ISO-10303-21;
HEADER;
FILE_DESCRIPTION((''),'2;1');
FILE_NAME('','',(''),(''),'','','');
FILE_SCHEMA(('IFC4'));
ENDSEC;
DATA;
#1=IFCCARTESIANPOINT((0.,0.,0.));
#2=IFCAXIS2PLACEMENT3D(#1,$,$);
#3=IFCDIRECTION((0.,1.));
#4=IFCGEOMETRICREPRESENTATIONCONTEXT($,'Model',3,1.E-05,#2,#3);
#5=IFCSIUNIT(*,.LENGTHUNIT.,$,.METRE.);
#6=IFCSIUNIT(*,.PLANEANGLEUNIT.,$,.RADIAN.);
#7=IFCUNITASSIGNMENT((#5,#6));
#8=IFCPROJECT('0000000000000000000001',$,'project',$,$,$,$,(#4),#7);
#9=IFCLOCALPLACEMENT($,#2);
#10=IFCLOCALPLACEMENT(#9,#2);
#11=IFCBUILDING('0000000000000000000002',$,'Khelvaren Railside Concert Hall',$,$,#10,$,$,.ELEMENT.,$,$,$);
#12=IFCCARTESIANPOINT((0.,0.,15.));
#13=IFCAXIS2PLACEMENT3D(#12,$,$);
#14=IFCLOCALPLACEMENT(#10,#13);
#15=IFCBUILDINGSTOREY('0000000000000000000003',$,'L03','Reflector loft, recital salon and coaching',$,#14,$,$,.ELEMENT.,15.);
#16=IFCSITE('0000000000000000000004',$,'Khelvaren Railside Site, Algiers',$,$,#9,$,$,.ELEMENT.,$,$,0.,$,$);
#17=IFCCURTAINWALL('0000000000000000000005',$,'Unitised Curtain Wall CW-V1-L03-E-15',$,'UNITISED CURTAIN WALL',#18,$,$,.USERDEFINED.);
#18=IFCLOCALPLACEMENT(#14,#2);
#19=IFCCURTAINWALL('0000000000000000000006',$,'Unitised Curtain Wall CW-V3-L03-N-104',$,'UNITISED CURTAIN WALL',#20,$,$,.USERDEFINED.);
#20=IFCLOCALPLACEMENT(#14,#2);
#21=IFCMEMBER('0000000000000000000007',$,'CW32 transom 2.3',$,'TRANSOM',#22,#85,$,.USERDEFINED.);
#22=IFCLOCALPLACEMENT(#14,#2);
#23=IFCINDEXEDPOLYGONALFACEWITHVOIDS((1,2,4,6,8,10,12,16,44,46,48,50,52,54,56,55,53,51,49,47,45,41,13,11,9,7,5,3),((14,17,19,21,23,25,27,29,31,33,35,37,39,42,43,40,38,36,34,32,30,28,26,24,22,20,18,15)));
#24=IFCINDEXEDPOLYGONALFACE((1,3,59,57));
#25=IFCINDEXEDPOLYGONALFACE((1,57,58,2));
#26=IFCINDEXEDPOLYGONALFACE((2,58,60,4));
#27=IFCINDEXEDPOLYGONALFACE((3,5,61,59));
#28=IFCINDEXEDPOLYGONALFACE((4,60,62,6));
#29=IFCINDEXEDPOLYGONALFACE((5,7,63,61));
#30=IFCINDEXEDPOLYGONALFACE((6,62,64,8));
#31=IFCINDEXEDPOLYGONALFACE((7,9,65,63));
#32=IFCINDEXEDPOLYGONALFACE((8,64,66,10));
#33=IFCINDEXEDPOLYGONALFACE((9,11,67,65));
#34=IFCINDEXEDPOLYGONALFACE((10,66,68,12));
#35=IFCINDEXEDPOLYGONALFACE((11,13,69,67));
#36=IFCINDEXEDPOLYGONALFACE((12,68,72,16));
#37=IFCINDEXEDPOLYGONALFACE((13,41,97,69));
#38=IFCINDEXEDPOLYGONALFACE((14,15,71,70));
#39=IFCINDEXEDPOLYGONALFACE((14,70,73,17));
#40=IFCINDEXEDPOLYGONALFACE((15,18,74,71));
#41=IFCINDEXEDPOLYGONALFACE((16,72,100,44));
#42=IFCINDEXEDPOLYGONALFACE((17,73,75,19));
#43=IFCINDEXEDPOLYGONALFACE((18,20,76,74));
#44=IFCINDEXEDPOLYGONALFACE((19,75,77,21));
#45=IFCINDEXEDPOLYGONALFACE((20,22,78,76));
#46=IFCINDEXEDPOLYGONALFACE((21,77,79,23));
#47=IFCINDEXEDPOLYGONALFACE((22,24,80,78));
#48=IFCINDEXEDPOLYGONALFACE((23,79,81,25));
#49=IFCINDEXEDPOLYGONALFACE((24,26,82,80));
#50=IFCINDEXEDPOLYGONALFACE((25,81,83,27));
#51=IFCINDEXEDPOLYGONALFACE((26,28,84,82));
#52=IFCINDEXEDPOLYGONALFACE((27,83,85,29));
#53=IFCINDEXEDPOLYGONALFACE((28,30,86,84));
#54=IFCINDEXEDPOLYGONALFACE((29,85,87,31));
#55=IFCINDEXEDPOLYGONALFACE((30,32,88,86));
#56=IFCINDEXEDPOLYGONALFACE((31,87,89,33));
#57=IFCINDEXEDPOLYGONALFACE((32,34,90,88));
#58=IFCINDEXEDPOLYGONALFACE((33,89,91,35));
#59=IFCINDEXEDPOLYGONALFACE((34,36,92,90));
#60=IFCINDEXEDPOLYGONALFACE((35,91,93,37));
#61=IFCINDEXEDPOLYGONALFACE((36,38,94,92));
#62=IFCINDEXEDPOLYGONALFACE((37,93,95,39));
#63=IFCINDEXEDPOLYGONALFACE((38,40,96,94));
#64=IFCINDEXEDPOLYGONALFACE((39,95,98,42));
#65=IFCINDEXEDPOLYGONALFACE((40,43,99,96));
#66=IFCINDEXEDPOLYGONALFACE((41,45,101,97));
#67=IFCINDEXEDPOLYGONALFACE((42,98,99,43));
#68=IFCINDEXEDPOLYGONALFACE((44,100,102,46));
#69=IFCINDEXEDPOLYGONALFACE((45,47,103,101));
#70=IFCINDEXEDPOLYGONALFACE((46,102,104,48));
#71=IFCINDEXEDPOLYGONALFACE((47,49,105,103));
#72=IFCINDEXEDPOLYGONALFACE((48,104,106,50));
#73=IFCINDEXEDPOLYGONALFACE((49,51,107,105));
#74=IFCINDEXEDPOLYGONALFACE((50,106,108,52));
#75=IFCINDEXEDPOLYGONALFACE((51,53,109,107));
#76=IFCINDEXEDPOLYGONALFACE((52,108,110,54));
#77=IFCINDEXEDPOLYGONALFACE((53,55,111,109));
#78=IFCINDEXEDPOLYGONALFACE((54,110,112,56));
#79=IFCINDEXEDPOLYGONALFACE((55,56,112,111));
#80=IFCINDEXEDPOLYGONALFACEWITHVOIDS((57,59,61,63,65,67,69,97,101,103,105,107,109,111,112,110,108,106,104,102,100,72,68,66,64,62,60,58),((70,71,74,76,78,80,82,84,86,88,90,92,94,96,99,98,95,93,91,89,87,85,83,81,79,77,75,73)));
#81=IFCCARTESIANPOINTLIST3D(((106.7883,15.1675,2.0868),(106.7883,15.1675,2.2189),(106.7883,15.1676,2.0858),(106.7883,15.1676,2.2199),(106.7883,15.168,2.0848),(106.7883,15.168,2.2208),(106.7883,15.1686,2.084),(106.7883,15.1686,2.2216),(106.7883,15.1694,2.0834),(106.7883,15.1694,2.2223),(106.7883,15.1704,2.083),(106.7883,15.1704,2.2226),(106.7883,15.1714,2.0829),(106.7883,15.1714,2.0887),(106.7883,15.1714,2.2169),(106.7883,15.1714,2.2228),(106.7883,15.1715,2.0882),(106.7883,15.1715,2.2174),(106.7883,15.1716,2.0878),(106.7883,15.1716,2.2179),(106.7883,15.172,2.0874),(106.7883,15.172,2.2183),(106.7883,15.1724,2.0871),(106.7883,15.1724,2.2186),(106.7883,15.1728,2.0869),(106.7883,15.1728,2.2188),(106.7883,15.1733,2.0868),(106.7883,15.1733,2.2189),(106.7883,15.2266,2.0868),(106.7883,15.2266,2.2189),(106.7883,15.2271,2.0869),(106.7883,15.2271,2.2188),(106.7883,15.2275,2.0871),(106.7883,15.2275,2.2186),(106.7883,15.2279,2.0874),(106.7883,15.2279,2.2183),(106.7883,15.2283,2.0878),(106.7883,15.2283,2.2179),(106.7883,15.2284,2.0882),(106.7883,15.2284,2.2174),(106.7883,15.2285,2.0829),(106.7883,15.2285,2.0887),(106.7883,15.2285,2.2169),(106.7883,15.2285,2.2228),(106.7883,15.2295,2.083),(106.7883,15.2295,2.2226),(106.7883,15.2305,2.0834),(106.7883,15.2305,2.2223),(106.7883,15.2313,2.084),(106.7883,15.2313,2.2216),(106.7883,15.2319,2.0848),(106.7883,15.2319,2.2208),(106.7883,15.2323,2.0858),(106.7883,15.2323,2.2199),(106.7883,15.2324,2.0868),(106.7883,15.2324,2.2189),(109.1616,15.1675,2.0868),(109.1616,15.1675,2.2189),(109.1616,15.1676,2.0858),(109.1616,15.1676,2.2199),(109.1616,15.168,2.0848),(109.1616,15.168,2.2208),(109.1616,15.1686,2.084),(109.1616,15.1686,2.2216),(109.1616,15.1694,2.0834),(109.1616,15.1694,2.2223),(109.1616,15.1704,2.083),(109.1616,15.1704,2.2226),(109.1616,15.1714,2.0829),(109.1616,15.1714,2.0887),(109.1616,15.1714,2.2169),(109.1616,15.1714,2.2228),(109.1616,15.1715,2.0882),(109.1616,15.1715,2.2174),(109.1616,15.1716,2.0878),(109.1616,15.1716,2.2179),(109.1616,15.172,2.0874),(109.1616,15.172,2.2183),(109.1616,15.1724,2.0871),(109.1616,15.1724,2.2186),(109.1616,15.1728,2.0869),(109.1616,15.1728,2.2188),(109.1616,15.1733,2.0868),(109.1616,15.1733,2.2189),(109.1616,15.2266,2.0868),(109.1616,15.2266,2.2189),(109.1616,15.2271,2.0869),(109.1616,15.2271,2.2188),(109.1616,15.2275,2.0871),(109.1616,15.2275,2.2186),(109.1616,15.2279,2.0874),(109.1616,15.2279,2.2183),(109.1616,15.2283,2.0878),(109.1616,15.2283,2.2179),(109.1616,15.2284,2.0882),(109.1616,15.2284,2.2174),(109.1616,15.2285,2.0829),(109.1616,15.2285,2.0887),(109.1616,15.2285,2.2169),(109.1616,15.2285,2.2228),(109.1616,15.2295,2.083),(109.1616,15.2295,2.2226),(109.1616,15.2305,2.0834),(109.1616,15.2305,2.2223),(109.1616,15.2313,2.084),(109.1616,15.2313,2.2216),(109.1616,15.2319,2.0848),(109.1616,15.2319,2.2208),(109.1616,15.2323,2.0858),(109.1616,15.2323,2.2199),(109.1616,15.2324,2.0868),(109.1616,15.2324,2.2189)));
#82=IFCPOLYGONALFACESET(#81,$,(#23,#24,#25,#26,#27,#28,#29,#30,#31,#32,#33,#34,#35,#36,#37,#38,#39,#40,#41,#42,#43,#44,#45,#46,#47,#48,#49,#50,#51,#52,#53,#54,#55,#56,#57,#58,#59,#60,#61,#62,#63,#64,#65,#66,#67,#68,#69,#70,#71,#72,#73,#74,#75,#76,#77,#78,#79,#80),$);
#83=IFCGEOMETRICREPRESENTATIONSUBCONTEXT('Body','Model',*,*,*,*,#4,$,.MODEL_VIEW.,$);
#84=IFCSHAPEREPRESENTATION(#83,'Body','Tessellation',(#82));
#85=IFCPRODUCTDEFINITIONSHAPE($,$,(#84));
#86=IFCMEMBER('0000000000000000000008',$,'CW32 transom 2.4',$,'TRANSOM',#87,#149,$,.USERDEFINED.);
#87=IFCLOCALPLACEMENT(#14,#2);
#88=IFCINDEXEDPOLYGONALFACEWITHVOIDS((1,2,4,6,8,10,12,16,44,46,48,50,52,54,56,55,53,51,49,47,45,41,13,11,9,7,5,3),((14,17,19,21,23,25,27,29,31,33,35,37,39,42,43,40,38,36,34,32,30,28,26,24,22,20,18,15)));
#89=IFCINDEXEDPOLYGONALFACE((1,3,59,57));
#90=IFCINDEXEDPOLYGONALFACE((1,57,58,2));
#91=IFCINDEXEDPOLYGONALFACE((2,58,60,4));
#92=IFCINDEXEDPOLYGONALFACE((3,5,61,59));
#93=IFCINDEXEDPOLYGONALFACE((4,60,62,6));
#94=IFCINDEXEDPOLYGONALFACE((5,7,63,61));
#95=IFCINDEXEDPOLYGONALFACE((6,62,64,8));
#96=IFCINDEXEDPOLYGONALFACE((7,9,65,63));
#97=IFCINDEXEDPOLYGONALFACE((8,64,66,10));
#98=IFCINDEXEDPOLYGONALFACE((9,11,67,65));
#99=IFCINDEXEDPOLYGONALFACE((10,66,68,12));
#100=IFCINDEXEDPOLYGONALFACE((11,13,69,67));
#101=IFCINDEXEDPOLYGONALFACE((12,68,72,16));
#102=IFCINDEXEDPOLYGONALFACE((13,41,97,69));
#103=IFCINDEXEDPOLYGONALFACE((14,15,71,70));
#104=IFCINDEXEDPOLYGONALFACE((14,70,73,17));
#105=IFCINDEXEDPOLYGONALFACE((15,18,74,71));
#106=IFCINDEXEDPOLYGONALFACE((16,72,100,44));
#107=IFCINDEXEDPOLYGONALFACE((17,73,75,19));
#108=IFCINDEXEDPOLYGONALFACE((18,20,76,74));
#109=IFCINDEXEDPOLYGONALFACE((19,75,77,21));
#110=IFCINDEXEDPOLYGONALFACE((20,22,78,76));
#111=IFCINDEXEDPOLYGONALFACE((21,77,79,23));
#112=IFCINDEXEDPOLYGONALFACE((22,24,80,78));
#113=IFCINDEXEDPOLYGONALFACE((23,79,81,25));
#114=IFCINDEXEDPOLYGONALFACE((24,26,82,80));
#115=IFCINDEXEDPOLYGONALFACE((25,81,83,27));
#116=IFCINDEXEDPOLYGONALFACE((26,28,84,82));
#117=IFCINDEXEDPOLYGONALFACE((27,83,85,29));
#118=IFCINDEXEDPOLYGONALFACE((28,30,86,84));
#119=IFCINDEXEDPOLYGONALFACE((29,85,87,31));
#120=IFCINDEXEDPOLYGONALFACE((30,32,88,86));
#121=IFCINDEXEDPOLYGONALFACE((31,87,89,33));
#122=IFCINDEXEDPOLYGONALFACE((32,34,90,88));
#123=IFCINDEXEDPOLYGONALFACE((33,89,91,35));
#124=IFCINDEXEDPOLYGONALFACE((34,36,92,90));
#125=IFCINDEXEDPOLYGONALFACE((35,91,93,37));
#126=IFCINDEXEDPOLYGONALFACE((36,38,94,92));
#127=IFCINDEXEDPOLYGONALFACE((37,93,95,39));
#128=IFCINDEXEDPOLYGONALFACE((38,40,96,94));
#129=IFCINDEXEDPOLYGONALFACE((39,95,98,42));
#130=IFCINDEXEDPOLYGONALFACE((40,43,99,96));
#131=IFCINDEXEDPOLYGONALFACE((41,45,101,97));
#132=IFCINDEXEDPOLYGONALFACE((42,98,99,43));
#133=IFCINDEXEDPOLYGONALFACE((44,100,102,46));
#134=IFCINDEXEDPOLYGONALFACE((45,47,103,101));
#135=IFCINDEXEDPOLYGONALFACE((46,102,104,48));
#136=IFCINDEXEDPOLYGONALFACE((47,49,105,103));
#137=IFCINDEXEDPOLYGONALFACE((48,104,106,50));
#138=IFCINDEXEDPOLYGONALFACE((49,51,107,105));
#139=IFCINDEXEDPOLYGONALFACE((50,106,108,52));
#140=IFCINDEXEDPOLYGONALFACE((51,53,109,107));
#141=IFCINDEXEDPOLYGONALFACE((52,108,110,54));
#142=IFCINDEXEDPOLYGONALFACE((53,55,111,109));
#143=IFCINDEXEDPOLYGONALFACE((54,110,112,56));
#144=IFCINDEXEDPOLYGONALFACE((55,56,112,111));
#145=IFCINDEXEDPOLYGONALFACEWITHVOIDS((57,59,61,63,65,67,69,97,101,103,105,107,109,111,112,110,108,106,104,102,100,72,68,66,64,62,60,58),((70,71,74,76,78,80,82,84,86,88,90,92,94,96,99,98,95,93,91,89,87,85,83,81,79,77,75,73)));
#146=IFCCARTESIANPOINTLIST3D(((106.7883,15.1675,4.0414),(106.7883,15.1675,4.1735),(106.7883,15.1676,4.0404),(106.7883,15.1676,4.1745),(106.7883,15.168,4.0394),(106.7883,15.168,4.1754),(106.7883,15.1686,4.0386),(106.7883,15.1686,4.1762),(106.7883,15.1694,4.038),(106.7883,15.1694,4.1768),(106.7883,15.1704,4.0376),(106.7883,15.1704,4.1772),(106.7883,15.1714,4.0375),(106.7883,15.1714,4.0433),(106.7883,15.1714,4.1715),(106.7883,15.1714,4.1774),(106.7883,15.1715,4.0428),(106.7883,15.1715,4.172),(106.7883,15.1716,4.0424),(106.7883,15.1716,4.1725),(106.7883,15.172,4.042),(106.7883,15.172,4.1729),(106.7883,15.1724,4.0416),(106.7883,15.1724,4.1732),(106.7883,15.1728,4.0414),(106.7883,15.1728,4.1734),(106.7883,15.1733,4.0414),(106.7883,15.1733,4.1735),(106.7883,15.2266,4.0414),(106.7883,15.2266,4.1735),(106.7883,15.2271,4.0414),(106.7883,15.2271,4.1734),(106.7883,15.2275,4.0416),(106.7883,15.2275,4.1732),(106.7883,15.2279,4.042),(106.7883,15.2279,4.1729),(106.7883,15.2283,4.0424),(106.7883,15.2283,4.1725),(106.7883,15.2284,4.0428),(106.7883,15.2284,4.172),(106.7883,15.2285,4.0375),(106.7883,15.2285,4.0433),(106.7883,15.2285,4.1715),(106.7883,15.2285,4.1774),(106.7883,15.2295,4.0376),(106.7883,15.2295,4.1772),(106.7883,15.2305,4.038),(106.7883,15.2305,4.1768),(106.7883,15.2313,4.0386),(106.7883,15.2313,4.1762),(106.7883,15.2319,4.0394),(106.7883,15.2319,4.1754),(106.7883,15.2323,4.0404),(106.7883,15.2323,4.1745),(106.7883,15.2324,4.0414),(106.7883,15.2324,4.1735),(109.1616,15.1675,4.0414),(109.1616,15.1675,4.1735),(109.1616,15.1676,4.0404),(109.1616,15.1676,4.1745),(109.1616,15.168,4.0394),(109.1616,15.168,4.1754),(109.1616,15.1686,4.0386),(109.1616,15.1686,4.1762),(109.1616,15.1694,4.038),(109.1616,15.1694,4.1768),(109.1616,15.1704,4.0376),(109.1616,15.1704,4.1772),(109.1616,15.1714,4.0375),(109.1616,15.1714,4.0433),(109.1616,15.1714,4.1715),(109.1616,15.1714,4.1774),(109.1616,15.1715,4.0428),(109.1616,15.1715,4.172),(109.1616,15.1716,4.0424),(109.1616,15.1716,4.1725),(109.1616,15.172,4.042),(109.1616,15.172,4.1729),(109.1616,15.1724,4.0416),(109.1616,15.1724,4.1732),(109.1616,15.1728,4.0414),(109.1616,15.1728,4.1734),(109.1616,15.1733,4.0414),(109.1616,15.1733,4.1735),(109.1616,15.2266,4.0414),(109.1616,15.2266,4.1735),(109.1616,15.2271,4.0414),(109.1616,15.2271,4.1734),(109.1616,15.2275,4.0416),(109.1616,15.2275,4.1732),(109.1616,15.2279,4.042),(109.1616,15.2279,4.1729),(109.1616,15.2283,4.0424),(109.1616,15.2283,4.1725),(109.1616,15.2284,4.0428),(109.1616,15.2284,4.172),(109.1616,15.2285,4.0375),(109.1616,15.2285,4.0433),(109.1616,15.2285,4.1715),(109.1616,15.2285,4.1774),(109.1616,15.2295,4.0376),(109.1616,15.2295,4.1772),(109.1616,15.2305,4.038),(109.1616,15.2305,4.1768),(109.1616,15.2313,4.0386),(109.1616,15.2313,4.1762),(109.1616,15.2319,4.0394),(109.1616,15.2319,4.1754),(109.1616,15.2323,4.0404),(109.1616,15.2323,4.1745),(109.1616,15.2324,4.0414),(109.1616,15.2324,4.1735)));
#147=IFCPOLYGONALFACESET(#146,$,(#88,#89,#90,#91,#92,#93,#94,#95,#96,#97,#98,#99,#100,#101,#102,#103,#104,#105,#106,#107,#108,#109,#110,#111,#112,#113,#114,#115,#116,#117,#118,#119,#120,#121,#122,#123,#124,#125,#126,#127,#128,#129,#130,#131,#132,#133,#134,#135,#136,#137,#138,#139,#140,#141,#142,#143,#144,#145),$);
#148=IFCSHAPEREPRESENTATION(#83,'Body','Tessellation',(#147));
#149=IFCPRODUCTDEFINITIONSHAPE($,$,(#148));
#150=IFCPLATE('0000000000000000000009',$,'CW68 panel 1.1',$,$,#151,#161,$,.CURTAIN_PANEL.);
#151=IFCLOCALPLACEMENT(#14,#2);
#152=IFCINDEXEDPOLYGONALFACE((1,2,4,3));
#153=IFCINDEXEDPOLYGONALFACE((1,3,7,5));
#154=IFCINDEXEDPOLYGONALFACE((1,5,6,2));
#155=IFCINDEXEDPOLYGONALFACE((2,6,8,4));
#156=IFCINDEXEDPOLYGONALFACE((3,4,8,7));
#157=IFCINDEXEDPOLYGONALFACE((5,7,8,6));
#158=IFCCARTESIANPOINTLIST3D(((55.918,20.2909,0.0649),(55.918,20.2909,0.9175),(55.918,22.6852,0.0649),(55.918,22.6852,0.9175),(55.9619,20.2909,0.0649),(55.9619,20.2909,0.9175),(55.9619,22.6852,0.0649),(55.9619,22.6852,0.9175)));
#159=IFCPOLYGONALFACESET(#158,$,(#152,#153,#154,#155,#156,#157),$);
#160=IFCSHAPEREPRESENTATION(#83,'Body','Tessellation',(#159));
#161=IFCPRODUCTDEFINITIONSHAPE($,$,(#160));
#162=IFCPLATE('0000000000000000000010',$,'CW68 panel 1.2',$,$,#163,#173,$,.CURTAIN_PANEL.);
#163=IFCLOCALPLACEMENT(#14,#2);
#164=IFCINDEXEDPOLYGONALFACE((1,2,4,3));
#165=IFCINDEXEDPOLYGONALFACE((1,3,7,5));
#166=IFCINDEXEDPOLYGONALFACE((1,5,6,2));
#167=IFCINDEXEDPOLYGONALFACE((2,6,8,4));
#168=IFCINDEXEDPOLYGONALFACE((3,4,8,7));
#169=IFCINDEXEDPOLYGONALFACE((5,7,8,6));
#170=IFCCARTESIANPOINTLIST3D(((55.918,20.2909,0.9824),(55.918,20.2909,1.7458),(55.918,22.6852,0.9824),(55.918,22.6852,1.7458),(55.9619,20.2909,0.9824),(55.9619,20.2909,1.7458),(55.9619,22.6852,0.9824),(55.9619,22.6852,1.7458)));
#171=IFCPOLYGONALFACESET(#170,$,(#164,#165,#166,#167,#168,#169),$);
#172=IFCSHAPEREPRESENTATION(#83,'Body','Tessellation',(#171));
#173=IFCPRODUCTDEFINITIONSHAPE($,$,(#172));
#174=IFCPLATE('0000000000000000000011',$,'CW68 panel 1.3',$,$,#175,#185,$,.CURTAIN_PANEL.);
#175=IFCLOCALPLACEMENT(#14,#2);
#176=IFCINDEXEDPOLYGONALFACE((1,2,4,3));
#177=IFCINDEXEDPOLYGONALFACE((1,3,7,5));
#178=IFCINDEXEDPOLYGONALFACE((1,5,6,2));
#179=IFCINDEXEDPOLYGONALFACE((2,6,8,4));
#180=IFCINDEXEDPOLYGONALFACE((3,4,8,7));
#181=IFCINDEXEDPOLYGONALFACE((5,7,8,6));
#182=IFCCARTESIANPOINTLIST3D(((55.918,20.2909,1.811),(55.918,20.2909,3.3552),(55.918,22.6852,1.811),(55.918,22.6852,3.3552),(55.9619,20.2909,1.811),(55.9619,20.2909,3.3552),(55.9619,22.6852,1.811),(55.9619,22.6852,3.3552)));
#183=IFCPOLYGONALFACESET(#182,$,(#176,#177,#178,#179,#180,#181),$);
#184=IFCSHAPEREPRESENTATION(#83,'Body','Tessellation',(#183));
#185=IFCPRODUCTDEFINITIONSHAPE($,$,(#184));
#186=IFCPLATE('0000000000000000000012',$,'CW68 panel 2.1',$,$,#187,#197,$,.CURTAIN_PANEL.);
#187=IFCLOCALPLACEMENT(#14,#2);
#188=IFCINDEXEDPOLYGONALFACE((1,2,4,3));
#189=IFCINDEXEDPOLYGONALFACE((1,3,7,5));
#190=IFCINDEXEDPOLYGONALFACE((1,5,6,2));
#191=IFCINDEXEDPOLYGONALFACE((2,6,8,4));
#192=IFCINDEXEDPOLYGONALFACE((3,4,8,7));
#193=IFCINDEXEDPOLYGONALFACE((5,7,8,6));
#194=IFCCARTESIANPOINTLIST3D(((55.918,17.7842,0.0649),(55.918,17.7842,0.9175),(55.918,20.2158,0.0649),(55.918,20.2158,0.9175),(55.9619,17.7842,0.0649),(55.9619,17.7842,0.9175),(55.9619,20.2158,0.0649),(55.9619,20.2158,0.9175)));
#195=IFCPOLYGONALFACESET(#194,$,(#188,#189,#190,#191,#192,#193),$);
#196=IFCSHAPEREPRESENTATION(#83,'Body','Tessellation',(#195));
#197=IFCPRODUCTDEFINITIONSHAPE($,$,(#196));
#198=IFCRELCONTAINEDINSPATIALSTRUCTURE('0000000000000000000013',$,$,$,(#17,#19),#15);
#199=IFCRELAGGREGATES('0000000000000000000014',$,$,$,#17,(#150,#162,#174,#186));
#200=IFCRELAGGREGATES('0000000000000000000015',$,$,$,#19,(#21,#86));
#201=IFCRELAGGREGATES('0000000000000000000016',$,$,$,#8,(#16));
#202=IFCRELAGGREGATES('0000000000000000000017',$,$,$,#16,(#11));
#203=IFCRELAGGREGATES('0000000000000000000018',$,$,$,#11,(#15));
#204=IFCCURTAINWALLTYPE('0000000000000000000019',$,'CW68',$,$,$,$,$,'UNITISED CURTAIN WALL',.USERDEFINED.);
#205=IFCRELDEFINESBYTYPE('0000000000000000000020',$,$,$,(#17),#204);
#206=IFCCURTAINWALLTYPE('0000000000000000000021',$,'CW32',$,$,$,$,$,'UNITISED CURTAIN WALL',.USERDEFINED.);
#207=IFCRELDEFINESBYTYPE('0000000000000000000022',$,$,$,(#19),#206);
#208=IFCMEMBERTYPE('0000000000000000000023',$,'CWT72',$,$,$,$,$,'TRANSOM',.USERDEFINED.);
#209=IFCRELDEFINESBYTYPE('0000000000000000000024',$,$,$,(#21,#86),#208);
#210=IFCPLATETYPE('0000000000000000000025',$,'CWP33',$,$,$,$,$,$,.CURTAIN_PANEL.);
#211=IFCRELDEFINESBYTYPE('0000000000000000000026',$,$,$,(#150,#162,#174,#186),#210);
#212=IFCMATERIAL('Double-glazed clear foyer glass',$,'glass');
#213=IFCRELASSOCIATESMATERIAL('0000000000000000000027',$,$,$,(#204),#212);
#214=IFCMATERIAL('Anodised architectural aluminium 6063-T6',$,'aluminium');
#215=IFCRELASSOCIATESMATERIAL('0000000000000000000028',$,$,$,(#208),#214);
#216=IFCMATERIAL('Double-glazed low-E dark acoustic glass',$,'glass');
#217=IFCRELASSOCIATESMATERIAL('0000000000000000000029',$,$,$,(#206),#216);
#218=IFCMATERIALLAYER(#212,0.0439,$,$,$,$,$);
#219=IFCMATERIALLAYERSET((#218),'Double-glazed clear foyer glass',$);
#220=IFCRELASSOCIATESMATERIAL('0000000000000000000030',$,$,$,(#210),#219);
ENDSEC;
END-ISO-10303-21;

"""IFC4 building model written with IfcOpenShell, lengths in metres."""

from ifc_helpers import new_model, si_unit, direction, frame, origin, origin_2d, place, context, subcontext, project, spatial, rectangle, hollow_rectangle, extrude, material, layer, layer_set, material_profile, profile_set, type_object, element, aggregate, save


model = new_model("IFC4")

# Units and contexts
model_context = context("Model", 3, precision=1e-05, world=origin(), true_north=direction((0.0, 1.0)))
body_context = subcontext(model_context, "Body", "Model", "MODEL_VIEW")
ifc_project = project(units=[si_unit("LENGTHUNIT", "METRE"), si_unit("PLANEANGLEUNIT", "RADIAN")], contexts=[model_context])

# Site, building, storey
site_placement = place(None, origin())
site = spatial("IfcSite", under=ifc_project, at=site_placement, Name="Khelvaren Railside Site, Algiers", CompositionType="ELEMENT", RefElevation=0.0)
building_placement = place(site_placement, origin())
building = spatial("IfcBuilding", under=site, at=building_placement, Name="Khelvaren Railside Concert Hall", CompositionType="ELEMENT")
storey_placement = place(building_placement, frame((0.0, 0.0, 15.0)))
storey = spatial("IfcBuildingStorey", under=building, at=storey_placement, Name="L03", Description="Reflector loft, recital salon and coaching", CompositionType="ELEMENT", Elevation=15.0)

# Curtain wall
ifc_material_1 = material(Name="Double-glazed clear foyer glass", Category="glass")
curtain_wall_type_1 = type_object("IfcCurtainWallType", Name="CW68", ElementType="UNITISED CURTAIN WALL", PredefinedType="USERDEFINED", material=ifc_material_1)
curtain_wall_1_placement = place(storey_placement, origin())
curtain_wall_1 = element("IfcCurtainWall", 1, at=curtain_wall_1_placement, inside=storey, type_object=curtain_wall_type_1, Name="Unitised Curtain Wall CW-V1-L03-E-15", ObjectType="UNITISED CURTAIN WALL", PredefinedType="USERDEFINED")
ifc_material_2 = material(Name="Anodised architectural aluminium 6063-T6", Category="aluminium")

# Shared definitions
ifc_material_profile_1 = material_profile(ifc_material_2, hollow_rectangle(XDim=0.0649, YDim=0.1399, WallThickness=0.0039, InnerFilletRadius=0.002, OuterFilletRadius=0.0039, at=origin_2d()), Name="CWT 65x140x4")
ifc_profile_set_1 = profile_set([ifc_material_profile_1], Name="Anodised architectural aluminium 6063-T6")
member_type_1 = type_object("IfcMemberType", Name="CWT72", ElementType="TRANSOM", PredefinedType="USERDEFINED", material=ifc_profile_set_1)

# Curtain wall, members
ifc_material_3 = material(Name="Double-glazed low-E dark acoustic glass", Category="glass")
curtain_wall_type_2 = type_object("IfcCurtainWallType", Name="CW32", ElementType="UNITISED CURTAIN WALL", PredefinedType="USERDEFINED", material=ifc_material_3)
curtain_wall_2_placement = place(storey_placement, origin())
curtain_wall_2 = element("IfcCurtainWall", 2, at=curtain_wall_2_placement, inside=storey, type_object=curtain_wall_type_2, Name="Unitised Curtain Wall CW-V3-L03-N-104", ObjectType="UNITISED CURTAIN WALL", PredefinedType="USERDEFINED")
member_1_placement = place(storey_placement, frame((106.7883, 15.2, 2.1528), z_axis=(1.0, 0.0, 0.0), x_axis=(0.0, 1.0, 0.0)))
member_1 = element("IfcMember", 3, at=member_1_placement, type_object=member_type_1, Name="CW32 transom 2.3", ObjectType="TRANSOM", PredefinedType="USERDEFINED", context=body_context, shape_type="SweptSolid", body=[
    extrude(hollow_rectangle(XDim=0.0649, YDim=0.1399, WallThickness=0.0039, InnerFilletRadius=0.002, OuterFilletRadius=0.0039, at=origin_2d()), origin(), (0.0, 0.0, 1.0), 2.3733),
])
member_2_placement = place(storey_placement, frame((106.7883, 15.2, 4.1074), z_axis=(1.0, 0.0, 0.0), x_axis=(0.0, 1.0, 0.0)))
member_2 = element("IfcMember", 4, at=member_2_placement, type_object=member_type_1, Name="CW32 transom 2.4", ObjectType="TRANSOM", PredefinedType="USERDEFINED", context=body_context, shape_type="SweptSolid", body=[
    extrude(hollow_rectangle(XDim=0.0649, YDim=0.1399, WallThickness=0.0039, InnerFilletRadius=0.002, OuterFilletRadius=0.0039, at=origin_2d()), origin(), (0.0, 0.0, 1.0), 2.3733),
])

# Plates
ifc_layer_1 = layer(ifc_material_1, 0.0439)
ifc_layer_set_1 = layer_set([ifc_layer_1], Name="Double-glazed clear foyer glass")
plate_type_1 = type_object("IfcPlateType", Name="CWP33", PredefinedType="CURTAIN_PANEL", material=ifc_layer_set_1)
plate_1_placement = place(storey_placement, frame((55.9399, 21.488, 0.0649), z_axis=(0.0, 0.0, 1.0), x_axis=(0.0, -1.0, 0.0)))
plate_1 = element("IfcPlate", 5, at=plate_1_placement, type_object=plate_type_1, Name="CW68 panel 1.1", PredefinedType="CURTAIN_PANEL", context=body_context, shape_type="SweptSolid", body=[
    extrude(rectangle(XDim=2.3943, YDim=0.0439, at=origin_2d()), origin(), (0.0, 0.0, 1.0), 0.8525),
])
plate_2_placement = place(storey_placement, frame((55.9399, 21.488, 0.9824), z_axis=(0.0, 0.0, 1.0), x_axis=(0.0, -1.0, 0.0)))
plate_2 = element("IfcPlate", 6, at=plate_2_placement, type_object=plate_type_1, Name="CW68 panel 1.2", PredefinedType="CURTAIN_PANEL", context=body_context, shape_type="SweptSolid", body=[
    extrude(rectangle(XDim=2.3943, YDim=0.0439, at=origin_2d()), origin(), (0.0, 0.0, 1.0), 0.7634),
])
plate_3_placement = place(storey_placement, frame((55.9399, 21.488, 1.811), z_axis=(0.0, 0.0, 1.0), x_axis=(0.0, -1.0, 0.0)))
plate_3 = element("IfcPlate", 7, at=plate_3_placement, type_object=plate_type_1, Name="CW68 panel 1.3", PredefinedType="CURTAIN_PANEL", context=body_context, shape_type="SweptSolid", body=[
    extrude(rectangle(XDim=2.3943, YDim=0.0439, at=origin_2d()), origin(), (0.0, 0.0, 1.0), 1.5442),
])
plate_4_placement = place(storey_placement, frame((55.9399, 19.0, 0.0649), z_axis=(0.0, 0.0, 1.0), x_axis=(0.0, -1.0, 0.0)))
plate_4 = element("IfcPlate", 8, at=plate_4_placement, type_object=plate_type_1, Name="CW68 panel 2.1", PredefinedType="CURTAIN_PANEL", context=body_context, shape_type="SweptSolid", body=[
    extrude(rectangle(XDim=2.4316, YDim=0.0439, at=origin_2d()), origin(), (0.0, 0.0, 1.0), 0.8525),
])
aggregate(curtain_wall_1, [plate_1, plate_2, plate_3, plate_4])
aggregate(curtain_wall_2, [member_1, member_2])

save(model, "model.ifc")
